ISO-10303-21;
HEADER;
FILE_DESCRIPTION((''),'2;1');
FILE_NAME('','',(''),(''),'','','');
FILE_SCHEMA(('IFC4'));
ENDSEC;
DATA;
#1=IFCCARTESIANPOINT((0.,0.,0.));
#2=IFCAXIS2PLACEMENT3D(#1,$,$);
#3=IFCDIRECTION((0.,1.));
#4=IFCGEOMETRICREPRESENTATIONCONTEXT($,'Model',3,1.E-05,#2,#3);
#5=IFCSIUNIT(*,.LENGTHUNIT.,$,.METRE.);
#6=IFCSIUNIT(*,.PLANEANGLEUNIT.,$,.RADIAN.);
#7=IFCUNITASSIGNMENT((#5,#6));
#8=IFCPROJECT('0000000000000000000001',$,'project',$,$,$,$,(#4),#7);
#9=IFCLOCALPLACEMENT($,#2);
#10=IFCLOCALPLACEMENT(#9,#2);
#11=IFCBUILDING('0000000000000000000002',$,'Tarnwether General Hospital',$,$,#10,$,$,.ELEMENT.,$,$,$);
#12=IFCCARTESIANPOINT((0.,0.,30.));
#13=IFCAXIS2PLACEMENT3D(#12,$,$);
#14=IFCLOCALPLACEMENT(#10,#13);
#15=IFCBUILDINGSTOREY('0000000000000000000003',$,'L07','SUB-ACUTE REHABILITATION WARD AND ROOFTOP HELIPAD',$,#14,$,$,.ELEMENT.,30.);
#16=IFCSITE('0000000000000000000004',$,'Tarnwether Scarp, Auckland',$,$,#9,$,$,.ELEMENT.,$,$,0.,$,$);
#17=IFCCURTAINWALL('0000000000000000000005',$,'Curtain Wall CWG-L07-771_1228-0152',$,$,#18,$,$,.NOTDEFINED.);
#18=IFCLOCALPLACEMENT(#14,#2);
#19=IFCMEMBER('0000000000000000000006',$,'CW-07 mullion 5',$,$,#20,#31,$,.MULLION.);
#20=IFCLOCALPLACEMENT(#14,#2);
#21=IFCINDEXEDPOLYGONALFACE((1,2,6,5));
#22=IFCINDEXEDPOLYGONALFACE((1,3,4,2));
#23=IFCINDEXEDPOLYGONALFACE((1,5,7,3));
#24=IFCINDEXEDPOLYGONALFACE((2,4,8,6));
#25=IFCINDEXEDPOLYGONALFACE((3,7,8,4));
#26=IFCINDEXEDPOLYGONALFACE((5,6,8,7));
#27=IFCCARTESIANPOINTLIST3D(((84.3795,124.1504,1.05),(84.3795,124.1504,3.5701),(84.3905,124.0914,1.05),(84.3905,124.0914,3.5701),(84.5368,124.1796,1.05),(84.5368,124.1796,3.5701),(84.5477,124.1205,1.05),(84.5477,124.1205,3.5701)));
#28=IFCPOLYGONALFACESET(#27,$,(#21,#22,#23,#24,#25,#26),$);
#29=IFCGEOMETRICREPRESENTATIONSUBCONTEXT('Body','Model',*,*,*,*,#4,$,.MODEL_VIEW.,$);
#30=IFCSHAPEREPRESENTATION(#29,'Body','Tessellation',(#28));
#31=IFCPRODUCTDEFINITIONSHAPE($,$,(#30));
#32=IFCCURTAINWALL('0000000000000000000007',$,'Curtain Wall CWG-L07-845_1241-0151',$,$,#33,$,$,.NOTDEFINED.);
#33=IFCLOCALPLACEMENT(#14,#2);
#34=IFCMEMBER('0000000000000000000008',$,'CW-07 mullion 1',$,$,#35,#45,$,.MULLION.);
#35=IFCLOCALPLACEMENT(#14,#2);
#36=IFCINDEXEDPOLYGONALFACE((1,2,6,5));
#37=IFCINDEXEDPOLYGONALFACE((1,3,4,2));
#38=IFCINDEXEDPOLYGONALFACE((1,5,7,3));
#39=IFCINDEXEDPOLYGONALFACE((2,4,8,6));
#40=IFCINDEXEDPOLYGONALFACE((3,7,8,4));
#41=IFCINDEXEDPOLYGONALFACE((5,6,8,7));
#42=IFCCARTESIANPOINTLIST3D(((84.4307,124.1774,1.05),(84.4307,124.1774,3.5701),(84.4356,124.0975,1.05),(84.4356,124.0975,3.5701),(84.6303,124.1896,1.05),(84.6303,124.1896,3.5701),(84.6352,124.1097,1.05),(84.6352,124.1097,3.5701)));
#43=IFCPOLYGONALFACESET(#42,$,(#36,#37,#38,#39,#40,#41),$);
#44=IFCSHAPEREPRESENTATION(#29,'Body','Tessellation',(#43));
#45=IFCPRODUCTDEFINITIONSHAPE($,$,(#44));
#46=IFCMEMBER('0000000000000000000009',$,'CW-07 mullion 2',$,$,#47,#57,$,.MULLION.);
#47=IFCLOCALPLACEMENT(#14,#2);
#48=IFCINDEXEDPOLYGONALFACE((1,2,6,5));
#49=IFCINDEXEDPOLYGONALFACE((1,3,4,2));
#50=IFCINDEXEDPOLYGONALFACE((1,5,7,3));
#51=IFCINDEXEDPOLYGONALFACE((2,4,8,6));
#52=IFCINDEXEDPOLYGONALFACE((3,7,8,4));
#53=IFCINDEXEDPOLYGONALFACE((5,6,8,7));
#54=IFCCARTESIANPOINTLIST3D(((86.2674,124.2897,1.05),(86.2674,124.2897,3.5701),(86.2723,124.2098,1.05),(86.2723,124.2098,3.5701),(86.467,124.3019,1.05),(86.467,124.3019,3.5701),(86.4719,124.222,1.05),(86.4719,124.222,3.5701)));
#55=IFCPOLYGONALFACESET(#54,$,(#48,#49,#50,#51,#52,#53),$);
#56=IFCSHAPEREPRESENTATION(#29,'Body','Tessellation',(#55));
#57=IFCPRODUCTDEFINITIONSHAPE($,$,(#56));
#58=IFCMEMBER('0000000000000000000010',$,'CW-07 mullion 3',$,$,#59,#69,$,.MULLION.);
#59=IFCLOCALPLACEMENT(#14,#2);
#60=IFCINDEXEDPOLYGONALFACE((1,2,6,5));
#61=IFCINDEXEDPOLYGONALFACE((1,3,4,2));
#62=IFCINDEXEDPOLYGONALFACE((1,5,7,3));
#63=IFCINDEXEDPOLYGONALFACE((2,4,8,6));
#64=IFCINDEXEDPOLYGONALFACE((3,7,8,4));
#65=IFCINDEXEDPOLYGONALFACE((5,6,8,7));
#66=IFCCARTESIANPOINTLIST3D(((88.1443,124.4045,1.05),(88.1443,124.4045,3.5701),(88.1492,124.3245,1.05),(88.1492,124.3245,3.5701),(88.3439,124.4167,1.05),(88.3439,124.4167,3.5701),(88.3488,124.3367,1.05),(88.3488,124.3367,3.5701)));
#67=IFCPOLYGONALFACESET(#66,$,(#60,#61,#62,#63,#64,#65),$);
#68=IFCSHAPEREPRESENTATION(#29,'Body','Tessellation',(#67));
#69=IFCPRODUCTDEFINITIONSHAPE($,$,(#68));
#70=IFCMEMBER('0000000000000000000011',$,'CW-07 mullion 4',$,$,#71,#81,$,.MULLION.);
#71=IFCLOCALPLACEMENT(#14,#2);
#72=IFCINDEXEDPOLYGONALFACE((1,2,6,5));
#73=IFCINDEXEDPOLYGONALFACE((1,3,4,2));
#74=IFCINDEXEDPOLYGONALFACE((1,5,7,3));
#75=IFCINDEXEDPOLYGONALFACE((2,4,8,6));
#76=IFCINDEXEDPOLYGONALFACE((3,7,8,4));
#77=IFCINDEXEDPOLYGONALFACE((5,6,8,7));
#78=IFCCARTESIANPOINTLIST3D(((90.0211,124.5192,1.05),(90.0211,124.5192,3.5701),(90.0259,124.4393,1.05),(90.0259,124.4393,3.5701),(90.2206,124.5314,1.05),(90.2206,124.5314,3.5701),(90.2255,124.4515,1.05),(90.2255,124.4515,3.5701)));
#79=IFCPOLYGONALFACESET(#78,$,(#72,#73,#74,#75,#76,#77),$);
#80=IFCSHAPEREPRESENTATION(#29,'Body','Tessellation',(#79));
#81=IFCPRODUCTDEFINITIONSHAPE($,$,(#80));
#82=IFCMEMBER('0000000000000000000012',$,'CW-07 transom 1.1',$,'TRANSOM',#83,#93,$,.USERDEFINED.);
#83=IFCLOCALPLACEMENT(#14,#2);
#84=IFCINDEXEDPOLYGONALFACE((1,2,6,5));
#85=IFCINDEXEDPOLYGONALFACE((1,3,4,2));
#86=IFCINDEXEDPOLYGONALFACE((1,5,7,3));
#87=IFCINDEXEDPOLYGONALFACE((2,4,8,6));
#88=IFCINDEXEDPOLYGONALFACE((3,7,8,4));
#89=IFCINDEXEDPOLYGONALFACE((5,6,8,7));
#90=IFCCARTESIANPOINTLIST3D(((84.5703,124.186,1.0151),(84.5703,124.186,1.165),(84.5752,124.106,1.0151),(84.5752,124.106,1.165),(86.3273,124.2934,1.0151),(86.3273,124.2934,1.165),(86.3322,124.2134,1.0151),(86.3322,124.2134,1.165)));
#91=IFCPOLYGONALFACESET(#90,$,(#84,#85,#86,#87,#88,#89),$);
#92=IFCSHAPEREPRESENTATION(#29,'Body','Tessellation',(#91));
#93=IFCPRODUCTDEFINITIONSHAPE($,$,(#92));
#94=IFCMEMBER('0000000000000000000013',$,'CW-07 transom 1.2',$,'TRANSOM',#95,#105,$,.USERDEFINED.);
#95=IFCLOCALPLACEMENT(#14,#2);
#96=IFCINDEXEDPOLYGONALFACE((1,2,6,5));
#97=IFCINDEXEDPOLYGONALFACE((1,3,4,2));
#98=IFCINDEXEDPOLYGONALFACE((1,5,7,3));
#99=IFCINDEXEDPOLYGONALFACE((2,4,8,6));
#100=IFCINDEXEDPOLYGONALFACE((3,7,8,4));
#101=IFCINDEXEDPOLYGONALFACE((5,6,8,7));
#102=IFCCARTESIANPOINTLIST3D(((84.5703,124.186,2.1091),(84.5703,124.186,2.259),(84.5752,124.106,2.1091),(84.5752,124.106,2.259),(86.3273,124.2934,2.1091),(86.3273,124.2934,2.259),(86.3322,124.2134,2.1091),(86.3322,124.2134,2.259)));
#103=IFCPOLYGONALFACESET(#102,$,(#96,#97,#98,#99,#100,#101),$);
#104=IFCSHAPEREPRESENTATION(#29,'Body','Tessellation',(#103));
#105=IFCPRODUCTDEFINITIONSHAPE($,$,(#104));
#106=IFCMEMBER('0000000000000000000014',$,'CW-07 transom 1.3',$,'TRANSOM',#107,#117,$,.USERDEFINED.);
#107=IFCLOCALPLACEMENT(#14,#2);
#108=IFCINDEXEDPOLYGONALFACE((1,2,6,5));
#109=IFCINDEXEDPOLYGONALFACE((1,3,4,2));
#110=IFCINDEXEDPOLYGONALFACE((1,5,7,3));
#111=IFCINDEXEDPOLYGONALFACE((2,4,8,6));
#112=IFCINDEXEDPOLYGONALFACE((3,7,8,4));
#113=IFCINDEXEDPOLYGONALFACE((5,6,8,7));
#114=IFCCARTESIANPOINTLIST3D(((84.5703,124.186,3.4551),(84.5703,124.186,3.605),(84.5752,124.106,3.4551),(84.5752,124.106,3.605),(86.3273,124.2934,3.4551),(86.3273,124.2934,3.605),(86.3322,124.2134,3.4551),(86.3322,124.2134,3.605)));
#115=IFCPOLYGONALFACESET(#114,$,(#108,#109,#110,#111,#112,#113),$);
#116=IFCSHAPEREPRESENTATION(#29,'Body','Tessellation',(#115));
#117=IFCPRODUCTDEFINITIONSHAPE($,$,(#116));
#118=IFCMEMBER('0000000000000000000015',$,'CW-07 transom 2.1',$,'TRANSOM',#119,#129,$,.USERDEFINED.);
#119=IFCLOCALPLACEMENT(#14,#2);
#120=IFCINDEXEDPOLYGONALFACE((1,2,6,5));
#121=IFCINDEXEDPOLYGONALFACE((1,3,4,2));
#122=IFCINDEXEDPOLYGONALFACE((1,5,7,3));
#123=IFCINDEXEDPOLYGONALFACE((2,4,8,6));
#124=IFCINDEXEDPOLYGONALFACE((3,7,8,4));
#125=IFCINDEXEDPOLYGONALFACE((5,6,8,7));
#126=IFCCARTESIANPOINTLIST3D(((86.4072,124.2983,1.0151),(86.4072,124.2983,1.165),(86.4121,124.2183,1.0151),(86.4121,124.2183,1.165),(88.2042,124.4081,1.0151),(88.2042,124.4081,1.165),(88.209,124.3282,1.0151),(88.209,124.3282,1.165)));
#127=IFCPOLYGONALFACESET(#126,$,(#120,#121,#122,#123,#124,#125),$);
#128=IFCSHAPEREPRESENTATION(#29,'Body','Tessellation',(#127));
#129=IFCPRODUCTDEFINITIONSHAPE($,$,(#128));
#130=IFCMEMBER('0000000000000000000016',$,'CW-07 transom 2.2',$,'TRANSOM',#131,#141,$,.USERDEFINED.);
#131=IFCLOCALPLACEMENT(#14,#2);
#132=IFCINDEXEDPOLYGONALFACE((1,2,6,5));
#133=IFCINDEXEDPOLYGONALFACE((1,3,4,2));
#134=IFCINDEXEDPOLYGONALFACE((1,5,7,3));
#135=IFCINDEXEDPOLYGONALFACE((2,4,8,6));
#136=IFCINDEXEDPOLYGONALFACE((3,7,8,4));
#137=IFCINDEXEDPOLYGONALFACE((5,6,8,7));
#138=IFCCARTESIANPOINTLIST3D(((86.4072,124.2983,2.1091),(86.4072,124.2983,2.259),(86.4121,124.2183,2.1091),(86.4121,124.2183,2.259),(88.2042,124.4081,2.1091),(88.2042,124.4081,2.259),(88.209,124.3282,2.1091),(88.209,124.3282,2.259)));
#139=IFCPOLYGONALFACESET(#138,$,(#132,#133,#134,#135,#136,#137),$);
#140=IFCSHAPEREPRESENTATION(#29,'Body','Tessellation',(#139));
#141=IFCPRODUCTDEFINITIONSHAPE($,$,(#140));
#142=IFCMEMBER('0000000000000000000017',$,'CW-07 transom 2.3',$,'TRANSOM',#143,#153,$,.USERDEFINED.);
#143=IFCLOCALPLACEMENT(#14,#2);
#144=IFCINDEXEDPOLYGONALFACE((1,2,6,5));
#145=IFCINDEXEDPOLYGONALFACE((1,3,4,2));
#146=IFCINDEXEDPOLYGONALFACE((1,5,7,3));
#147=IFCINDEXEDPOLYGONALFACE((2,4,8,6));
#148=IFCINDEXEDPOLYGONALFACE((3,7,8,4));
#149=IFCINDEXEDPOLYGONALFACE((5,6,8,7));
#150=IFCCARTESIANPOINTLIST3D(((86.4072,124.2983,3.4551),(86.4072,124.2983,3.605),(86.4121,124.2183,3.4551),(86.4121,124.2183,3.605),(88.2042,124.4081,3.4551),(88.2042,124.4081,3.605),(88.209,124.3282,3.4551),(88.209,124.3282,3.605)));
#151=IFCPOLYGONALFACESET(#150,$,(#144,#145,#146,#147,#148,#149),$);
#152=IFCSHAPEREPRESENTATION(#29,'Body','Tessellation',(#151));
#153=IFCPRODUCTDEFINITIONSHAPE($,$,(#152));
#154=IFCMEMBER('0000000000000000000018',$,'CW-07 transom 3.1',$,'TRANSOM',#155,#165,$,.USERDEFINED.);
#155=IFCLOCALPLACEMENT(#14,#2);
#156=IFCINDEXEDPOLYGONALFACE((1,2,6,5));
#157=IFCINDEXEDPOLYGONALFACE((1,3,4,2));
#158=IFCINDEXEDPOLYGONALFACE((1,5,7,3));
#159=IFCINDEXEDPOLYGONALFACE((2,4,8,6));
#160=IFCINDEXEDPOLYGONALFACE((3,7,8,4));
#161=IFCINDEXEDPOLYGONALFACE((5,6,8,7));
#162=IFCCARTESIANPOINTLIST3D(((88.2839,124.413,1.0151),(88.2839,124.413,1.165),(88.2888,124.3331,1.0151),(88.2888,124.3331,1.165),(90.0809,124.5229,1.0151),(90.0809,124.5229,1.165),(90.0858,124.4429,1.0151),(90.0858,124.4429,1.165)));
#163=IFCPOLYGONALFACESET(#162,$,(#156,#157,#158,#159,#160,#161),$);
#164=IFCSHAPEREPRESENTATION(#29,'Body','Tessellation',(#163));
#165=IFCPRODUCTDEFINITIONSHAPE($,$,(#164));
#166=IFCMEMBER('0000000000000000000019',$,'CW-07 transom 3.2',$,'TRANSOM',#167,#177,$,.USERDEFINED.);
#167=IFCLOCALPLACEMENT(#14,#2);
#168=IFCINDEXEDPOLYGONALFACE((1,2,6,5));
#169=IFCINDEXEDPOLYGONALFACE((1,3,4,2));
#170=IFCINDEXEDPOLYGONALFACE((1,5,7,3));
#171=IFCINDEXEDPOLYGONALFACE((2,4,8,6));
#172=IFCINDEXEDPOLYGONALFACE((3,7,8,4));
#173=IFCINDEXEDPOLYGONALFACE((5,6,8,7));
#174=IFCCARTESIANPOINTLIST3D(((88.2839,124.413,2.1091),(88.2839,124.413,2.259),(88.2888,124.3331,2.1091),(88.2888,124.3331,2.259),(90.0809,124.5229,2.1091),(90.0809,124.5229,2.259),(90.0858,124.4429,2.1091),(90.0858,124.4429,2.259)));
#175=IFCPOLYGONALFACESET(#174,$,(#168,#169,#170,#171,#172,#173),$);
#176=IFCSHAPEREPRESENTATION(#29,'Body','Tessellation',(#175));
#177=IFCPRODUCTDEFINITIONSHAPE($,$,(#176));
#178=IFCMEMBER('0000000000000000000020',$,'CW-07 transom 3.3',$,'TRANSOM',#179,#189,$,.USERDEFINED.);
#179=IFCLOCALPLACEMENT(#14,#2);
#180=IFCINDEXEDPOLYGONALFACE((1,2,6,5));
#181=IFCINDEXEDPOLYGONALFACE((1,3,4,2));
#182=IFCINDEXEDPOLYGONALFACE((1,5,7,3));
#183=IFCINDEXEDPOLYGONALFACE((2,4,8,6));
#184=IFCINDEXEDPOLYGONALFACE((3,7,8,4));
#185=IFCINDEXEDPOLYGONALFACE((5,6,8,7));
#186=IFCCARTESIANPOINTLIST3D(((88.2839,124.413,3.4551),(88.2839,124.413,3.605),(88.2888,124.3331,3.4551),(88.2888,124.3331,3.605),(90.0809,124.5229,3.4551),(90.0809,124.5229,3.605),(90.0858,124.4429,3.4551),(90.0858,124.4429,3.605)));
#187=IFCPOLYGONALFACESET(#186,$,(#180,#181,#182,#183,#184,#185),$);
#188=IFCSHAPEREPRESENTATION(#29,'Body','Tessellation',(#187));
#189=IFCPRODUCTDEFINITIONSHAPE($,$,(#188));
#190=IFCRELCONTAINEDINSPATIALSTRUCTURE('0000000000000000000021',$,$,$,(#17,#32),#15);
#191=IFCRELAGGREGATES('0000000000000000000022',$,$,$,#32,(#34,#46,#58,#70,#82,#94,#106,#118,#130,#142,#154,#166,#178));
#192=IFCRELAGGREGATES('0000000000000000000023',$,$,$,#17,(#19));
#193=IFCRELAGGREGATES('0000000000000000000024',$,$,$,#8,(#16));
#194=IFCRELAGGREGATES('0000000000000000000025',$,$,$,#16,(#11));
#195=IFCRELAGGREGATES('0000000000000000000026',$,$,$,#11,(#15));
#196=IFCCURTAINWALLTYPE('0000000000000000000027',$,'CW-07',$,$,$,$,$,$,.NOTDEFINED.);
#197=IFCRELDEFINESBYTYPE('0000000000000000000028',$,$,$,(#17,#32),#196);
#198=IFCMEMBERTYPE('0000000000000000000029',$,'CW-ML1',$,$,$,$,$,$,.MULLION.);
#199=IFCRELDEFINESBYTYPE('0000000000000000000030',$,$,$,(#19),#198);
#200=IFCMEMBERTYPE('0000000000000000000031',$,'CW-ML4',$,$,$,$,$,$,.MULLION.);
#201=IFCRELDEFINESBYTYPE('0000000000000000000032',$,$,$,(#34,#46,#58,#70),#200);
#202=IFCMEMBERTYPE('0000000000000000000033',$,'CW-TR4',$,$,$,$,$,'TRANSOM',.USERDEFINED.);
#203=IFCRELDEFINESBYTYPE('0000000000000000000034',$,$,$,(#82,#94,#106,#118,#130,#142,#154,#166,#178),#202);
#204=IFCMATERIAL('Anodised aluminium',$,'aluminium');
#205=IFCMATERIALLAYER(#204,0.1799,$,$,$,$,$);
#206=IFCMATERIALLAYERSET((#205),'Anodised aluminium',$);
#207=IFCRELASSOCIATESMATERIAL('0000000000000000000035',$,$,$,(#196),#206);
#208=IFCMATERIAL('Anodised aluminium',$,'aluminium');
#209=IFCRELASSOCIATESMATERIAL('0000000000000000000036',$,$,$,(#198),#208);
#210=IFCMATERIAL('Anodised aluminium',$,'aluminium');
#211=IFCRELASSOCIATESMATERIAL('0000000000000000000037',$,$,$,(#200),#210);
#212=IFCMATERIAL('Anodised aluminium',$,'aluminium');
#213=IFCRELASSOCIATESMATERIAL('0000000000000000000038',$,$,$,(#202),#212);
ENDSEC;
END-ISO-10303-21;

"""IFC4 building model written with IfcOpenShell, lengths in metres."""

from ifc_helpers import new_model, si_unit, direction, frame, origin, origin_2d, place, context, subcontext, project, spatial, rectangle, extrude, material, layer, layer_set, material_profile, profile_set, type_object, element, aggregate, save


model = new_model("IFC4")

# Units and contexts
model_context = context("Model", 3, precision=1e-05, world=origin(), true_north=direction((0.0, 1.0)))
body_context = subcontext(model_context, "Body", "Model", "MODEL_VIEW")
ifc_project = project(units=[si_unit("LENGTHUNIT", "METRE"), si_unit("PLANEANGLEUNIT", "RADIAN")], contexts=[model_context])

# Site, building, storey
site_placement = place(None, origin())
site = spatial("IfcSite", under=ifc_project, at=site_placement, Name="Tarnwether Scarp, Auckland", CompositionType="ELEMENT", RefElevation=0.0)
building_placement = place(site_placement, origin())
building = spatial("IfcBuilding", under=site, at=building_placement, Name="Tarnwether General Hospital", CompositionType="ELEMENT")
storey_placement = place(building_placement, frame((0.0, 0.0, 30.0)))
storey = spatial("IfcBuildingStorey", under=building, at=storey_placement, Name="L07", Description="SUB-ACUTE REHABILITATION WARD AND ROOFTOP HELIPAD", CompositionType="ELEMENT", Elevation=30.0)

# Curtain wall, member
ifc_material_1 = material(Name="Anodised aluminium", Category="aluminium")
ifc_layer_1 = layer(ifc_material_1, 0.1799)
ifc_layer_set_1 = layer_set([ifc_layer_1], Name="Anodised aluminium")
curtain_wall_type = type_object("IfcCurtainWallType", Name="CW-07", PredefinedType="NOTDEFINED", material=ifc_layer_set_1)
curtain_wall_1_placement = place(storey_placement, origin())
curtain_wall_1 = element("IfcCurtainWall", 1, at=curtain_wall_1_placement, inside=storey, type_object=curtain_wall_type, Name="Curtain Wall CWG-L07-771_1228-0152", PredefinedType="NOTDEFINED")
ifc_material_2 = material(Name="Anodised aluminium", Category="aluminium")
ifc_material_profile_1 = material_profile(ifc_material_2, rectangle(XDim=0.0601, YDim=0.1599, at=origin_2d()), Name="ALU-MUL-60x160")
ifc_profile_set_1 = profile_set([ifc_material_profile_1], Name="Anodised aluminium")
member_type_1 = type_object("IfcMemberType", Name="CW-ML1", PredefinedType="MULLION", material=ifc_profile_set_1)
member_1_placement = place(storey_placement, frame((84.4636, 124.1355, 1.05), z_axis=(0.0, 0.0, 1.0), x_axis=(-0.182289, 0.983245, 0.0)))
member_1 = element("IfcMember", 2, at=member_1_placement, type_object=member_type_1, Name="CW-07 mullion 5", PredefinedType="MULLION", context=body_context, shape_type="SweptSolid", body=[
    extrude(rectangle(XDim=0.0601, YDim=0.1599, at=origin_2d()), origin(), (0.0, 0.0, 1.0), 2.52),
])

# Curtain wall, members
curtain_wall_2_placement = place(storey_placement, origin())
curtain_wall_2 = element("IfcCurtainWall", 3, at=curtain_wall_2_placement, inside=storey, type_object=curtain_wall_type, Name="Curtain Wall CWG-L07-845_1241-0151", PredefinedType="NOTDEFINED")
ifc_material_3 = material(Name="Anodised aluminium", Category="aluminium")
ifc_material_profile_2 = material_profile(ifc_material_3, rectangle(XDim=0.0801, YDim=0.2, at=origin_2d()), Name="ALU-MUL-80x200")
ifc_profile_set_2 = profile_set([ifc_material_profile_2], Name="Anodised aluminium")
member_type_2 = type_object("IfcMemberType", Name="CW-ML4", PredefinedType="MULLION", material=ifc_profile_set_2)
member_2_placement = place(storey_placement, frame((84.533, 124.1436, 1.05), z_axis=(0.0, 0.0, 1.0), x_axis=(-0.061029, 0.998136, 0.0)))
member_2 = element("IfcMember", 4, at=member_2_placement, type_object=member_type_2, Name="CW-07 mullion 1", PredefinedType="MULLION", context=body_context, shape_type="SweptSolid", body=[
    extrude(rectangle(XDim=0.0801, YDim=0.2, at=origin_2d()), origin(), (0.0, 0.0, 1.0), 2.52),
])
member_3_placement = place(storey_placement, frame((86.3696, 124.2559, 1.05), z_axis=(0.0, 0.0, 1.0), x_axis=(-0.061029, 0.998136, 0.0)))
member_3 = element("IfcMember", 5, at=member_3_placement, type_object=member_type_2, Name="CW-07 mullion 2", PredefinedType="MULLION", context=body_context, shape_type="SweptSolid", body=[
    extrude(rectangle(XDim=0.0801, YDim=0.2, at=origin_2d()), origin(), (0.0, 0.0, 1.0), 2.52),
])
member_4_placement = place(storey_placement, frame((88.2466, 124.3706, 1.05), z_axis=(0.0, 0.0, 1.0), x_axis=(-0.061029, 0.998136, 0.0)))
member_4 = element("IfcMember", 6, at=member_4_placement, type_object=member_type_2, Name="CW-07 mullion 3", PredefinedType="MULLION", context=body_context, shape_type="SweptSolid", body=[
    extrude(rectangle(XDim=0.0801, YDim=0.2, at=origin_2d()), origin(), (0.0, 0.0, 1.0), 2.52),
])
member_5_placement = place(storey_placement, frame((90.1233, 124.4854, 1.05), z_axis=(0.0, 0.0, 1.0), x_axis=(-0.061029, 0.998136, 0.0)))
member_5 = element("IfcMember", 7, at=member_5_placement, type_object=member_type_2, Name="CW-07 mullion 4", PredefinedType="MULLION", context=body_context, shape_type="SweptSolid", body=[
    extrude(rectangle(XDim=0.0801, YDim=0.2, at=origin_2d()), origin(), (0.0, 0.0, 1.0), 2.52),
])
ifc_material_4 = material(Name="Anodised aluminium", Category="aluminium")
ifc_material_profile_3 = material_profile(ifc_material_4, rectangle(XDim=0.0801, YDim=0.1499, at=origin_2d()), Name="ALU-TRN-80x150")
ifc_profile_set_3 = profile_set([ifc_material_profile_3], Name="Anodised aluminium")
member_type_3 = type_object("IfcMemberType", Name="CW-TR4", ElementType="TRANSOM", PredefinedType="USERDEFINED", material=ifc_profile_set_3)
member_6_placement = place(storey_placement, frame((84.5728, 124.146, 1.0901), z_axis=(0.998136, 0.061023, 0.0), x_axis=(-0.061023, 0.998136, 0.0)))
member_6 = element("IfcMember", 8, at=member_6_placement, type_object=member_type_3, Name="CW-07 transom 1.1", ObjectType="TRANSOM", PredefinedType="USERDEFINED", context=body_context, shape_type="SweptSolid", body=[
    extrude(rectangle(XDim=0.0801, YDim=0.1499, at=origin_2d()), origin(), (0.0, 0.0, 1.0), 1.7603),
])
member_7_placement = place(storey_placement, frame((84.5728, 124.146, 2.1841), z_axis=(0.998136, 0.061023, 0.0), x_axis=(-0.061023, 0.998136, 0.0)))
member_7 = element("IfcMember", 9, at=member_7_placement, type_object=member_type_3, Name="CW-07 transom 1.2", ObjectType="TRANSOM", PredefinedType="USERDEFINED", context=body_context, shape_type="SweptSolid", body=[
    extrude(rectangle(XDim=0.0801, YDim=0.1499, at=origin_2d()), origin(), (0.0, 0.0, 1.0), 1.7603),
])
member_8_placement = place(storey_placement, frame((84.5728, 124.146, 3.53), z_axis=(0.998136, 0.061023, 0.0), x_axis=(-0.061023, 0.998136, 0.0)))
member_8 = element("IfcMember", 10, at=member_8_placement, type_object=member_type_3, Name="CW-07 transom 1.3", ObjectType="TRANSOM", PredefinedType="USERDEFINED", context=body_context, shape_type="SweptSolid", body=[
    extrude(rectangle(XDim=0.0801, YDim=0.1499, at=origin_2d()), origin(), (0.0, 0.0, 1.0), 1.7603),
])
member_9_placement = place(storey_placement, frame((86.4097, 124.2583, 1.0901), z_axis=(0.998136, 0.061027, 0.0), x_axis=(-0.061027, 0.998136, 0.0)))
member_9 = element("IfcMember", 11, at=member_9_placement, type_object=member_type_3, Name="CW-07 transom 2.1", ObjectType="TRANSOM", PredefinedType="USERDEFINED", context=body_context, shape_type="SweptSolid", body=[
    extrude(rectangle(XDim=0.0801, YDim=0.1499, at=origin_2d()), origin(), (0.0, 0.0, 1.0), 1.8003),
])
member_10_placement = place(storey_placement, frame((86.4097, 124.2583, 2.1841), z_axis=(0.998136, 0.061027, 0.0), x_axis=(-0.061027, 0.998136, 0.0)))
member_10 = element("IfcMember", 12, at=member_10_placement, type_object=member_type_3, Name="CW-07 transom 2.2", ObjectType="TRANSOM", PredefinedType="USERDEFINED", context=body_context, shape_type="SweptSolid", body=[
    extrude(rectangle(XDim=0.0801, YDim=0.1499, at=origin_2d()), origin(), (0.0, 0.0, 1.0), 1.8003),
])
member_11_placement = place(storey_placement, frame((86.4097, 124.2583, 3.53), z_axis=(0.998136, 0.061027, 0.0), x_axis=(-0.061027, 0.998136, 0.0)))
member_11 = element("IfcMember", 13, at=member_11_placement, type_object=member_type_3, Name="CW-07 transom 2.3", ObjectType="TRANSOM", PredefinedType="USERDEFINED", context=body_context, shape_type="SweptSolid", body=[
    extrude(rectangle(XDim=0.0801, YDim=0.1499, at=origin_2d()), origin(), (0.0, 0.0, 1.0), 1.8003),
])
member_12_placement = place(storey_placement, frame((88.2864, 124.373, 1.0901), z_axis=(0.998136, 0.061027, 0.0), x_axis=(-0.061027, 0.998136, 0.0)))
member_12 = element("IfcMember", 14, at=member_12_placement, type_object=member_type_3, Name="CW-07 transom 3.1", ObjectType="TRANSOM", PredefinedType="USERDEFINED", context=body_context, shape_type="SweptSolid", body=[
    extrude(rectangle(XDim=0.0801, YDim=0.1499, at=origin_2d()), origin(), (0.0, 0.0, 1.0), 1.8003),
])
member_13_placement = place(storey_placement, frame((88.2864, 124.373, 2.1841), z_axis=(0.998136, 0.061027, 0.0), x_axis=(-0.061027, 0.998136, 0.0)))
member_13 = element("IfcMember", 15, at=member_13_placement, type_object=member_type_3, Name="CW-07 transom 3.2", ObjectType="TRANSOM", PredefinedType="USERDEFINED", context=body_context, shape_type="SweptSolid", body=[
    extrude(rectangle(XDim=0.0801, YDim=0.1499, at=origin_2d()), origin(), (0.0, 0.0, 1.0), 1.8003),
])
member_14_placement = place(storey_placement, frame((88.2864, 124.373, 3.53), z_axis=(0.998136, 0.061027, 0.0), x_axis=(-0.061027, 0.998136, 0.0)))
member_14 = element("IfcMember", 16, at=member_14_placement, type_object=member_type_3, Name="CW-07 transom 3.3", ObjectType="TRANSOM", PredefinedType="USERDEFINED", context=body_context, shape_type="SweptSolid", body=[
    extrude(rectangle(XDim=0.0801, YDim=0.1499, at=origin_2d()), origin(), (0.0, 0.0, 1.0), 1.8003),
])
aggregate(curtain_wall_2, [member_2, member_3, member_4, member_5, member_6, member_7, member_8, member_9, member_10, member_11, member_12, member_13, member_14])

aggregate(curtain_wall_1, [member_1])

save(model, "model.ifc")
